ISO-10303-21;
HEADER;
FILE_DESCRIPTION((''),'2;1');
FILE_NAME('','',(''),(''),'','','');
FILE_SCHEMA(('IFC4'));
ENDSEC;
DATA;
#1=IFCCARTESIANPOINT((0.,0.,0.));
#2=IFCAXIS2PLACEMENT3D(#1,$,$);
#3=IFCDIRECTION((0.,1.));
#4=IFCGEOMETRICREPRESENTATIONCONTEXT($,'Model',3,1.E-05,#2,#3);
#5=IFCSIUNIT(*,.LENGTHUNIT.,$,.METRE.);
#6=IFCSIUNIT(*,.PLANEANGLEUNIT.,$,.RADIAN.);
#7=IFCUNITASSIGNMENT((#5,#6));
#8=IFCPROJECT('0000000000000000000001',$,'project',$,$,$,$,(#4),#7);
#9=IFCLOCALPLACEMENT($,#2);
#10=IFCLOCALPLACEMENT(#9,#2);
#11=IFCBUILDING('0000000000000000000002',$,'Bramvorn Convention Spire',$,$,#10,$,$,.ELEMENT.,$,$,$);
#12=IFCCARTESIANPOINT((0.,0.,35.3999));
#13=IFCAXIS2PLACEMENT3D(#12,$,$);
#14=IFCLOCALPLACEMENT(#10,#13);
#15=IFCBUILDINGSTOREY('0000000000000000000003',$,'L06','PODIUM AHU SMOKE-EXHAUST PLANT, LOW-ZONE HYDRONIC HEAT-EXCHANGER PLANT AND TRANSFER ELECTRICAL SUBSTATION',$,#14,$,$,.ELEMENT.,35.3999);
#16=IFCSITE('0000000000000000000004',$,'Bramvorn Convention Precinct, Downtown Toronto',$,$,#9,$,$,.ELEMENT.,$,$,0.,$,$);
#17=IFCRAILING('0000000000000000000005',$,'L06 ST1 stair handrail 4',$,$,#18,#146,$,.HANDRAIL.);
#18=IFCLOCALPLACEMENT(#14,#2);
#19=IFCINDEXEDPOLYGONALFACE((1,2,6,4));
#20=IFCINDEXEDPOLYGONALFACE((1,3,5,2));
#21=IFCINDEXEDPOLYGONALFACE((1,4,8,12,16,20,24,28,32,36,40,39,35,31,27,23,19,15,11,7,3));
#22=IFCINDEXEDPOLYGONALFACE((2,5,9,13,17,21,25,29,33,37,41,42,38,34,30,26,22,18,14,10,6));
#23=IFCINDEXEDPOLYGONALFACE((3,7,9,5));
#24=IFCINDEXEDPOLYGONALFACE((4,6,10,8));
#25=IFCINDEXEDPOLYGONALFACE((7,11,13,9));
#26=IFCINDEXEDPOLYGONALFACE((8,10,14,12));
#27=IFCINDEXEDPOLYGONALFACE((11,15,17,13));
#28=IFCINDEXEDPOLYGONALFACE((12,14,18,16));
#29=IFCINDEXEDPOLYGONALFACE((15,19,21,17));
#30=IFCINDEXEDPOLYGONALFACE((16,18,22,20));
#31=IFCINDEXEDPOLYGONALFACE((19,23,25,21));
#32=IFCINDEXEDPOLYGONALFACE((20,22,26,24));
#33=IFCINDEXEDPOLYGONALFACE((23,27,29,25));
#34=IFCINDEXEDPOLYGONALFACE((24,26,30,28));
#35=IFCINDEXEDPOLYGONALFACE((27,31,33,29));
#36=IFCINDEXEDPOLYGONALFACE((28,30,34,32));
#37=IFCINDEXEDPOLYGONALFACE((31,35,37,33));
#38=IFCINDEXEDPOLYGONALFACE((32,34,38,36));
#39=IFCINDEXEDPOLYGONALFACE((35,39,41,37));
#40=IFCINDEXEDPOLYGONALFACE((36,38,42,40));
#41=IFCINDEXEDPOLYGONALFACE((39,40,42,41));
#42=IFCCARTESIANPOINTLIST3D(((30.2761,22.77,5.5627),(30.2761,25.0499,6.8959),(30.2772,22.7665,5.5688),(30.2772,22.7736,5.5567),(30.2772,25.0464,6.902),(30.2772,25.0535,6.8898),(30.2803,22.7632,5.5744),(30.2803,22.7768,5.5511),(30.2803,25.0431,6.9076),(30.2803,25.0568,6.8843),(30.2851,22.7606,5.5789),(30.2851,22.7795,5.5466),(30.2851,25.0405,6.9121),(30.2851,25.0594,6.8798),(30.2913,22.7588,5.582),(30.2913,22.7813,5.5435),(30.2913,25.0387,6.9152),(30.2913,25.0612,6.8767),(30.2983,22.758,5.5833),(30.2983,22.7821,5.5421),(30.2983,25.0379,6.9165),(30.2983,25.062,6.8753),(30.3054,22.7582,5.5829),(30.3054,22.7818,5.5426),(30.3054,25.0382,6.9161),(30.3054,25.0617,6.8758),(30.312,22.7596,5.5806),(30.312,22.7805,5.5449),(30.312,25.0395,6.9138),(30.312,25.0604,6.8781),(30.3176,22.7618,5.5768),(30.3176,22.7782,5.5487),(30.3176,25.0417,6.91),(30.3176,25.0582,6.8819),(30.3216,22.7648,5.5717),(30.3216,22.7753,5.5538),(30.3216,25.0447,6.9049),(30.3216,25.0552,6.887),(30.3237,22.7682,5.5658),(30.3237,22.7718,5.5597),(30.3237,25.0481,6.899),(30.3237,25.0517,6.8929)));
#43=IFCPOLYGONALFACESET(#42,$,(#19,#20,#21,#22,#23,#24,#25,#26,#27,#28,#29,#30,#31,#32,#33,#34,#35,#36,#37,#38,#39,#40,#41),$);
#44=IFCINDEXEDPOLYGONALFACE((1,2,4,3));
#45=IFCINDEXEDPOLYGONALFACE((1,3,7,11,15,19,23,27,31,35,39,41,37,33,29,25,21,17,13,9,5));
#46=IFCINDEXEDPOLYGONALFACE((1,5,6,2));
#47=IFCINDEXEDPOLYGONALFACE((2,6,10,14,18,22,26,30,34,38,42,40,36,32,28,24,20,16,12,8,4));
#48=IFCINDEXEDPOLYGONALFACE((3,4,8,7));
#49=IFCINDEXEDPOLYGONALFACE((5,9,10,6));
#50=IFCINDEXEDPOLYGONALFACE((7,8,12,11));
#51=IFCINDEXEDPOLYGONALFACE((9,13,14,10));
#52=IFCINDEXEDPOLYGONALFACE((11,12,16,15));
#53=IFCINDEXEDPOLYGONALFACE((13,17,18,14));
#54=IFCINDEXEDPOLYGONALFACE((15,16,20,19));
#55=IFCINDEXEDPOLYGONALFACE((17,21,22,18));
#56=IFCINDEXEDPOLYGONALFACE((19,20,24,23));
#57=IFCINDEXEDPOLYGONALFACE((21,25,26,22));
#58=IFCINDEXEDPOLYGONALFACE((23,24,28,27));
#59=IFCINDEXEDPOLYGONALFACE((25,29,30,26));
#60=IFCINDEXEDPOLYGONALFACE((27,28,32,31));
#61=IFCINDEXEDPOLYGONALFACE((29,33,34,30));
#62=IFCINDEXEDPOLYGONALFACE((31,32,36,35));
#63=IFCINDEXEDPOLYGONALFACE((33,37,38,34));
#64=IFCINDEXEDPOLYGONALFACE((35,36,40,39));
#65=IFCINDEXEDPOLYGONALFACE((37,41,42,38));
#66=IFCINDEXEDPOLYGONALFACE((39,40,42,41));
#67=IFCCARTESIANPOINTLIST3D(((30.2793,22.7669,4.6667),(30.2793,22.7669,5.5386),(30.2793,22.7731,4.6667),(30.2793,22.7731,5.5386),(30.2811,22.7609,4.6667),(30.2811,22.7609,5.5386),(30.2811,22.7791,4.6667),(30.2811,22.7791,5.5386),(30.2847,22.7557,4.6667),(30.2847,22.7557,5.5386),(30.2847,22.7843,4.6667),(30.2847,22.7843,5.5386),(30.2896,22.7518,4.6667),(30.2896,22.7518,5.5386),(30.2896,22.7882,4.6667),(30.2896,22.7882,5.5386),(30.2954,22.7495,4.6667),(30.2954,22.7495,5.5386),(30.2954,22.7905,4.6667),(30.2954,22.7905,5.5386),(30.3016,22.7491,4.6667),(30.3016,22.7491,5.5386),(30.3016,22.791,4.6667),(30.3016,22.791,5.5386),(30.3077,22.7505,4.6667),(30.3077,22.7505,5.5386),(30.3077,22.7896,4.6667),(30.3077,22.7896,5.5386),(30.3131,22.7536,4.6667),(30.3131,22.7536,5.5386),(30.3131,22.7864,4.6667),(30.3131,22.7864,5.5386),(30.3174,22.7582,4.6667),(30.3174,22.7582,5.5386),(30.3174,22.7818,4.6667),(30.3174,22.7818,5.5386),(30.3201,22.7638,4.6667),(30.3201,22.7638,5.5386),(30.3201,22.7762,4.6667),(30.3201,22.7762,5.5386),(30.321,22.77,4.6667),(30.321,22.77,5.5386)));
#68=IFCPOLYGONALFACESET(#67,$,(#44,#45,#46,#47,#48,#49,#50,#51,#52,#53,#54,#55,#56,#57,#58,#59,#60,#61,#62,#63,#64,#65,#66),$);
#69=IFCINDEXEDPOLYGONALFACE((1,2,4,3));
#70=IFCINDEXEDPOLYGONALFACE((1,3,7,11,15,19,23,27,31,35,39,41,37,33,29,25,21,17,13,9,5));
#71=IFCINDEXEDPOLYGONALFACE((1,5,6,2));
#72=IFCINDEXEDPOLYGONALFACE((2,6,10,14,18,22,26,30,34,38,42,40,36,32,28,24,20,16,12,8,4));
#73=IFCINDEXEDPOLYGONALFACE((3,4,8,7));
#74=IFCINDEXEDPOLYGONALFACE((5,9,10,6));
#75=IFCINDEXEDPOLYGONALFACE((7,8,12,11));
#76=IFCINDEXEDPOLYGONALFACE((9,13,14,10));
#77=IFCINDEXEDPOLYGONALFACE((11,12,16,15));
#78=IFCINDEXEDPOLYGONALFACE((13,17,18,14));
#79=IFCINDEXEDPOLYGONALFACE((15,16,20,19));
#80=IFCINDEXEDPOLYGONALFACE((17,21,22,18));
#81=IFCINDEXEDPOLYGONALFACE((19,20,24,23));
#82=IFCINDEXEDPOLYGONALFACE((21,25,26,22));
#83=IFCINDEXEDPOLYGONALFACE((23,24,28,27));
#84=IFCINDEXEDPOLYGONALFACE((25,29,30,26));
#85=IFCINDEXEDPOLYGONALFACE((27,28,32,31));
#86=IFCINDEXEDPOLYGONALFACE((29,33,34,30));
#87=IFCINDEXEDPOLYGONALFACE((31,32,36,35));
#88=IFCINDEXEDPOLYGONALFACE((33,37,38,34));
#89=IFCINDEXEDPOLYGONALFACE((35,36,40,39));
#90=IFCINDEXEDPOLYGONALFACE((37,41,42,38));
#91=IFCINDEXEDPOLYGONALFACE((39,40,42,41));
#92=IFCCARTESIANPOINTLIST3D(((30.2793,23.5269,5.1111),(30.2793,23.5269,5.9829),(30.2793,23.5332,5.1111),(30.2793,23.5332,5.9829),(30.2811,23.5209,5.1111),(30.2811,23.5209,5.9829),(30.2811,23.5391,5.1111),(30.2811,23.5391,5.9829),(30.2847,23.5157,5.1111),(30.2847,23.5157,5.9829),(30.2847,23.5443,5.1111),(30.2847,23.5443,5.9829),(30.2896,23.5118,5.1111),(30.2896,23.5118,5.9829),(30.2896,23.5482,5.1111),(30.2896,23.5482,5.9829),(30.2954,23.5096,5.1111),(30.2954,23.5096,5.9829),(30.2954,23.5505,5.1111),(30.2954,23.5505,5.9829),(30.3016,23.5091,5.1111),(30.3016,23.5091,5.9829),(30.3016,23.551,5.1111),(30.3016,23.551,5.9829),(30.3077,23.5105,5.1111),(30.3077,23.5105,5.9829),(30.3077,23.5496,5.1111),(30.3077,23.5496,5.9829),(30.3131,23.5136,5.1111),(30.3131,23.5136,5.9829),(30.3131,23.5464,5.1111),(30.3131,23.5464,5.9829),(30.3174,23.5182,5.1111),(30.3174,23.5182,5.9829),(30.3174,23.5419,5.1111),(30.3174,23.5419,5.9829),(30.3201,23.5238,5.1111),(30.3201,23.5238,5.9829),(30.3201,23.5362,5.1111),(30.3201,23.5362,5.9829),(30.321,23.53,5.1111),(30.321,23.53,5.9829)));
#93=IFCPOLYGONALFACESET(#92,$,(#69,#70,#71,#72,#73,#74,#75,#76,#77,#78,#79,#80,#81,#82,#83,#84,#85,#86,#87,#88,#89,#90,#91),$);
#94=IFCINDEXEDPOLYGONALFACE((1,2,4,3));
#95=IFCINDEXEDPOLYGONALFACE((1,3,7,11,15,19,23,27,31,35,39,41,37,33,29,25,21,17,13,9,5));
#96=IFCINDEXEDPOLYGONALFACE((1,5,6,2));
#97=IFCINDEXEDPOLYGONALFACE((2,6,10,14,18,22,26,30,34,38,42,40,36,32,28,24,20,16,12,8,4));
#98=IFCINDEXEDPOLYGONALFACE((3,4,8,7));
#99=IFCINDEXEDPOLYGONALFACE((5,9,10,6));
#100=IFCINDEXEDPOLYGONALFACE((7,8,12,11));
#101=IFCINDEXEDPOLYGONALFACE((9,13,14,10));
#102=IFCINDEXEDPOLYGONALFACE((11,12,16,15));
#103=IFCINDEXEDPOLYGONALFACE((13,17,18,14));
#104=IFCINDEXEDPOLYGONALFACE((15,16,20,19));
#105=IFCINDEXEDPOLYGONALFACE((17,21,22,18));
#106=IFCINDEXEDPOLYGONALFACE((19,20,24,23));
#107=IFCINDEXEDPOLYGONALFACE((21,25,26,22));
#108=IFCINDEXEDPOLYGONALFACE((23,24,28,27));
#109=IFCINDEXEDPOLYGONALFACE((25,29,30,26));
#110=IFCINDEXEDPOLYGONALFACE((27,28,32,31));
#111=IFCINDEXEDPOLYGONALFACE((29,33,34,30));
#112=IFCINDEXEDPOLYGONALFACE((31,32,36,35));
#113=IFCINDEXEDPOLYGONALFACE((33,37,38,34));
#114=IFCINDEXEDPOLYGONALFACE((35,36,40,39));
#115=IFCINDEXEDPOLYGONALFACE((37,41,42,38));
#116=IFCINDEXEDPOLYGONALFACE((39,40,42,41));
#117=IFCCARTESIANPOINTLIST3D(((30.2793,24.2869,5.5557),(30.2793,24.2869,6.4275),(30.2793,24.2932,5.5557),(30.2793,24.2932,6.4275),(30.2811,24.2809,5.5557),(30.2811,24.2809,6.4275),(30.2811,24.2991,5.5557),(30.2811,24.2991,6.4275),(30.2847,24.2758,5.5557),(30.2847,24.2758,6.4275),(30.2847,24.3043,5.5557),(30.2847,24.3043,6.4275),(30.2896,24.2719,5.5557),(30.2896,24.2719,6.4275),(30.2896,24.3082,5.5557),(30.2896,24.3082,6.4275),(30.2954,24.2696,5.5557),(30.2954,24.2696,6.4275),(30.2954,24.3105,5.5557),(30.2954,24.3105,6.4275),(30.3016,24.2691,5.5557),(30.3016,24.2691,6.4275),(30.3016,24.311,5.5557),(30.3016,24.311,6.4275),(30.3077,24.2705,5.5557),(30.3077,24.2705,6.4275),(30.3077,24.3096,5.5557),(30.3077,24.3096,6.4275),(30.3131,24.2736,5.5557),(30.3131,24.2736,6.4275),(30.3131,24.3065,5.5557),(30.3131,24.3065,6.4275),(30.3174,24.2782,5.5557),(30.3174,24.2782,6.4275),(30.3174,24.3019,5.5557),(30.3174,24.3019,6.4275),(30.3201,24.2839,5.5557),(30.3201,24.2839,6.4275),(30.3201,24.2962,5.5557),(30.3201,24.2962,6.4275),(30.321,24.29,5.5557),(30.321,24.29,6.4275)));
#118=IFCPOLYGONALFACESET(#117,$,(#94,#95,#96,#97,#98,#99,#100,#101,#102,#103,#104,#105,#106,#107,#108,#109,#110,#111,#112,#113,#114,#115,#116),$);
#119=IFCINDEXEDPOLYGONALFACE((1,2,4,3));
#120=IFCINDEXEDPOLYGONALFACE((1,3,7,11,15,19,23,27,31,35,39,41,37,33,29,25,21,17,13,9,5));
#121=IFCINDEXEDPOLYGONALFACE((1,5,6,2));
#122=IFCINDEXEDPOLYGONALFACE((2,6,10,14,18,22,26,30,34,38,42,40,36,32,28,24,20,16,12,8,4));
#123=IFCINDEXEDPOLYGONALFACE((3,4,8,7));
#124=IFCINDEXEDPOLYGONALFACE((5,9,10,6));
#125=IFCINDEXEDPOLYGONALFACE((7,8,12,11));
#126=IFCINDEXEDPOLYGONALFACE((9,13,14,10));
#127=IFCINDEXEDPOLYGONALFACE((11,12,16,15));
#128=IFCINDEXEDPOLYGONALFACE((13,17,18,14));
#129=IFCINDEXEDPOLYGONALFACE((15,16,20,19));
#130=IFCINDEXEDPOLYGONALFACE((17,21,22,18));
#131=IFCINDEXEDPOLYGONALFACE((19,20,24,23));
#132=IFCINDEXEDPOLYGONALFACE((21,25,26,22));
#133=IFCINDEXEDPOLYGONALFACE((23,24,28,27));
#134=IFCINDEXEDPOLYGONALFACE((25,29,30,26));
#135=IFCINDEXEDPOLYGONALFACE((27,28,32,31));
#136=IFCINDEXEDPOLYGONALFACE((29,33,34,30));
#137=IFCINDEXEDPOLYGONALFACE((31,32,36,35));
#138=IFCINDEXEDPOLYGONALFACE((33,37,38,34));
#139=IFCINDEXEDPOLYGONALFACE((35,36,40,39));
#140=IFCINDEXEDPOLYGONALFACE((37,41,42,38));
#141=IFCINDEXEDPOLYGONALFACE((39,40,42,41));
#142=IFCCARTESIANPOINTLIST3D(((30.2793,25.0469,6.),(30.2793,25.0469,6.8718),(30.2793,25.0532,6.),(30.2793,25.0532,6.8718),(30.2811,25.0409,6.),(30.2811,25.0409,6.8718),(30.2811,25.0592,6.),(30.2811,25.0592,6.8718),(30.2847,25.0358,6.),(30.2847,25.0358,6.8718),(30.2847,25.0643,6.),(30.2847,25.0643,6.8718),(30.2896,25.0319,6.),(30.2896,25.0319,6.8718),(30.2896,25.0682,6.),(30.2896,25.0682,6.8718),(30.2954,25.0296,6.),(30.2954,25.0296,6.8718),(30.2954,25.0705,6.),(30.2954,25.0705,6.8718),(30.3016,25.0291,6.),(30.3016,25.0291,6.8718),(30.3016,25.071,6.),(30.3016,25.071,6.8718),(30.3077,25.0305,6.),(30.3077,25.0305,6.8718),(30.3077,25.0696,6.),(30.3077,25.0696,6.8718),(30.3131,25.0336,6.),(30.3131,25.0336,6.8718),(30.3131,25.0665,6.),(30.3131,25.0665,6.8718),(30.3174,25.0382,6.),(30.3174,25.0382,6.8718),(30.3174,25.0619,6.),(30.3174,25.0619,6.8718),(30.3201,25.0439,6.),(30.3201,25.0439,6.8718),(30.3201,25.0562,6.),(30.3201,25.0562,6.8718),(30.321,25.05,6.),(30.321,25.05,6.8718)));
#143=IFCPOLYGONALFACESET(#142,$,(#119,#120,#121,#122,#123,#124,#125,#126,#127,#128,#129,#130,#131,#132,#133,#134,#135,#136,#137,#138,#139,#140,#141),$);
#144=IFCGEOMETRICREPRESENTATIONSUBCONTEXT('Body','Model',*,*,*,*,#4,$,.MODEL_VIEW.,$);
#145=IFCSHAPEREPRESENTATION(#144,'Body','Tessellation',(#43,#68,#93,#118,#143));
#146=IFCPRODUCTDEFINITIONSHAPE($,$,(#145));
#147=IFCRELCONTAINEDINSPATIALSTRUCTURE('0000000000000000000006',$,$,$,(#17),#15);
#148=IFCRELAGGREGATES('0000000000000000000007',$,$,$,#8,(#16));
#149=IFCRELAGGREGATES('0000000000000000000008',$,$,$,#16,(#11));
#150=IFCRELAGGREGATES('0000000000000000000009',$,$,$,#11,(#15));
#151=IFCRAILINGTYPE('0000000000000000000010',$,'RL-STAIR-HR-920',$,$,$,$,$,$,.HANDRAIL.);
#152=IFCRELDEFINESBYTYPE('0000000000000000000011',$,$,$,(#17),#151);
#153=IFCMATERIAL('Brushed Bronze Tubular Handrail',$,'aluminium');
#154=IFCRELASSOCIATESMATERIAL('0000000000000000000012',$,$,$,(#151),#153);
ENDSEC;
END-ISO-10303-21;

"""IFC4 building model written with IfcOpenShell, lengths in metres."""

from ifc_helpers import new_model, si_unit, direction, frame, origin, origin_2d, place, context, subcontext, project, spatial, circle, extrude, material, type_object, element, save


model = new_model("IFC4")

# Units and contexts
model_context = context("Model", 3, precision=1e-05, world=origin(), true_north=direction((0.0, 1.0)))
body_context = subcontext(model_context, "Body", "Model", "MODEL_VIEW")
ifc_project = project(units=[si_unit("LENGTHUNIT", "METRE"), si_unit("PLANEANGLEUNIT", "RADIAN")], contexts=[model_context])

# Site, building, storey
site_placement = place(None, origin())
site = spatial("IfcSite", under=ifc_project, at=site_placement, Name="Bramvorn Convention Precinct, Downtown Toronto", CompositionType="ELEMENT", RefElevation=0.0)
building_placement = place(site_placement, origin())
building = spatial("IfcBuilding", under=site, at=building_placement, Name="Bramvorn Convention Spire", CompositionType="ELEMENT")
storey_placement = place(building_placement, frame((0.0, 0.0, 35.3999)))
storey = spatial("IfcBuildingStorey", under=building, at=storey_placement, Name="L06", Description="PODIUM AHU SMOKE-EXHAUST PLANT, LOW-ZONE HYDRONIC HEAT-EXCHANGER PLANT AND TRANSFER ELECTRICAL SUBSTATION", CompositionType="ELEMENT", Elevation=35.3999)

# Railing
ifc_material_1 = material(Name="Brushed Bronze Tubular Handrail", Category="aluminium")
railing_type_1 = type_object("IfcRailingType", Name="RL-STAIR-HR-920", PredefinedType="HANDRAIL", material=ifc_material_1)
for number, where, name in (
    (1, (30.3, 22.77, 4.6667), "L06 ST1 stair handrail 4"),
):
    element("IfcRailing", number, at=place(storey_placement, frame(where)), inside=storey, type_object=railing_type_1, Name=name, PredefinedType="HANDRAIL", context=body_context, shape_type="SweptSolid", body=[
        extrude(circle(Radius=0.0239, at=origin_2d()), frame((0.0, 0.0, 0.896), z_axis=(0.0, 0.863245, 0.504785), x_axis=(-1.0, 0.0, 0.0)), (0.0, 0.0, 1.0), 2.6411),
        extrude(circle(Radius=0.021, at=origin_2d()), origin(), (0.0, 0.0, 1.0), 0.8718),
        extrude(circle(Radius=0.021, at=origin_2d()), frame((0.0, 0.76, 0.4443)), (0.0, 0.0, 1.0), 0.8718),
        extrude(circle(Radius=0.021, at=origin_2d()), frame((0.0, 1.52, 0.8889)), (0.0, 0.0, 1.0), 0.8718),
        extrude(circle(Radius=0.021, at=origin_2d()), frame((0.0, 2.28, 1.3333)), (0.0, 0.0, 1.0), 0.8718),
    ])

save(model, "model.ifc")
